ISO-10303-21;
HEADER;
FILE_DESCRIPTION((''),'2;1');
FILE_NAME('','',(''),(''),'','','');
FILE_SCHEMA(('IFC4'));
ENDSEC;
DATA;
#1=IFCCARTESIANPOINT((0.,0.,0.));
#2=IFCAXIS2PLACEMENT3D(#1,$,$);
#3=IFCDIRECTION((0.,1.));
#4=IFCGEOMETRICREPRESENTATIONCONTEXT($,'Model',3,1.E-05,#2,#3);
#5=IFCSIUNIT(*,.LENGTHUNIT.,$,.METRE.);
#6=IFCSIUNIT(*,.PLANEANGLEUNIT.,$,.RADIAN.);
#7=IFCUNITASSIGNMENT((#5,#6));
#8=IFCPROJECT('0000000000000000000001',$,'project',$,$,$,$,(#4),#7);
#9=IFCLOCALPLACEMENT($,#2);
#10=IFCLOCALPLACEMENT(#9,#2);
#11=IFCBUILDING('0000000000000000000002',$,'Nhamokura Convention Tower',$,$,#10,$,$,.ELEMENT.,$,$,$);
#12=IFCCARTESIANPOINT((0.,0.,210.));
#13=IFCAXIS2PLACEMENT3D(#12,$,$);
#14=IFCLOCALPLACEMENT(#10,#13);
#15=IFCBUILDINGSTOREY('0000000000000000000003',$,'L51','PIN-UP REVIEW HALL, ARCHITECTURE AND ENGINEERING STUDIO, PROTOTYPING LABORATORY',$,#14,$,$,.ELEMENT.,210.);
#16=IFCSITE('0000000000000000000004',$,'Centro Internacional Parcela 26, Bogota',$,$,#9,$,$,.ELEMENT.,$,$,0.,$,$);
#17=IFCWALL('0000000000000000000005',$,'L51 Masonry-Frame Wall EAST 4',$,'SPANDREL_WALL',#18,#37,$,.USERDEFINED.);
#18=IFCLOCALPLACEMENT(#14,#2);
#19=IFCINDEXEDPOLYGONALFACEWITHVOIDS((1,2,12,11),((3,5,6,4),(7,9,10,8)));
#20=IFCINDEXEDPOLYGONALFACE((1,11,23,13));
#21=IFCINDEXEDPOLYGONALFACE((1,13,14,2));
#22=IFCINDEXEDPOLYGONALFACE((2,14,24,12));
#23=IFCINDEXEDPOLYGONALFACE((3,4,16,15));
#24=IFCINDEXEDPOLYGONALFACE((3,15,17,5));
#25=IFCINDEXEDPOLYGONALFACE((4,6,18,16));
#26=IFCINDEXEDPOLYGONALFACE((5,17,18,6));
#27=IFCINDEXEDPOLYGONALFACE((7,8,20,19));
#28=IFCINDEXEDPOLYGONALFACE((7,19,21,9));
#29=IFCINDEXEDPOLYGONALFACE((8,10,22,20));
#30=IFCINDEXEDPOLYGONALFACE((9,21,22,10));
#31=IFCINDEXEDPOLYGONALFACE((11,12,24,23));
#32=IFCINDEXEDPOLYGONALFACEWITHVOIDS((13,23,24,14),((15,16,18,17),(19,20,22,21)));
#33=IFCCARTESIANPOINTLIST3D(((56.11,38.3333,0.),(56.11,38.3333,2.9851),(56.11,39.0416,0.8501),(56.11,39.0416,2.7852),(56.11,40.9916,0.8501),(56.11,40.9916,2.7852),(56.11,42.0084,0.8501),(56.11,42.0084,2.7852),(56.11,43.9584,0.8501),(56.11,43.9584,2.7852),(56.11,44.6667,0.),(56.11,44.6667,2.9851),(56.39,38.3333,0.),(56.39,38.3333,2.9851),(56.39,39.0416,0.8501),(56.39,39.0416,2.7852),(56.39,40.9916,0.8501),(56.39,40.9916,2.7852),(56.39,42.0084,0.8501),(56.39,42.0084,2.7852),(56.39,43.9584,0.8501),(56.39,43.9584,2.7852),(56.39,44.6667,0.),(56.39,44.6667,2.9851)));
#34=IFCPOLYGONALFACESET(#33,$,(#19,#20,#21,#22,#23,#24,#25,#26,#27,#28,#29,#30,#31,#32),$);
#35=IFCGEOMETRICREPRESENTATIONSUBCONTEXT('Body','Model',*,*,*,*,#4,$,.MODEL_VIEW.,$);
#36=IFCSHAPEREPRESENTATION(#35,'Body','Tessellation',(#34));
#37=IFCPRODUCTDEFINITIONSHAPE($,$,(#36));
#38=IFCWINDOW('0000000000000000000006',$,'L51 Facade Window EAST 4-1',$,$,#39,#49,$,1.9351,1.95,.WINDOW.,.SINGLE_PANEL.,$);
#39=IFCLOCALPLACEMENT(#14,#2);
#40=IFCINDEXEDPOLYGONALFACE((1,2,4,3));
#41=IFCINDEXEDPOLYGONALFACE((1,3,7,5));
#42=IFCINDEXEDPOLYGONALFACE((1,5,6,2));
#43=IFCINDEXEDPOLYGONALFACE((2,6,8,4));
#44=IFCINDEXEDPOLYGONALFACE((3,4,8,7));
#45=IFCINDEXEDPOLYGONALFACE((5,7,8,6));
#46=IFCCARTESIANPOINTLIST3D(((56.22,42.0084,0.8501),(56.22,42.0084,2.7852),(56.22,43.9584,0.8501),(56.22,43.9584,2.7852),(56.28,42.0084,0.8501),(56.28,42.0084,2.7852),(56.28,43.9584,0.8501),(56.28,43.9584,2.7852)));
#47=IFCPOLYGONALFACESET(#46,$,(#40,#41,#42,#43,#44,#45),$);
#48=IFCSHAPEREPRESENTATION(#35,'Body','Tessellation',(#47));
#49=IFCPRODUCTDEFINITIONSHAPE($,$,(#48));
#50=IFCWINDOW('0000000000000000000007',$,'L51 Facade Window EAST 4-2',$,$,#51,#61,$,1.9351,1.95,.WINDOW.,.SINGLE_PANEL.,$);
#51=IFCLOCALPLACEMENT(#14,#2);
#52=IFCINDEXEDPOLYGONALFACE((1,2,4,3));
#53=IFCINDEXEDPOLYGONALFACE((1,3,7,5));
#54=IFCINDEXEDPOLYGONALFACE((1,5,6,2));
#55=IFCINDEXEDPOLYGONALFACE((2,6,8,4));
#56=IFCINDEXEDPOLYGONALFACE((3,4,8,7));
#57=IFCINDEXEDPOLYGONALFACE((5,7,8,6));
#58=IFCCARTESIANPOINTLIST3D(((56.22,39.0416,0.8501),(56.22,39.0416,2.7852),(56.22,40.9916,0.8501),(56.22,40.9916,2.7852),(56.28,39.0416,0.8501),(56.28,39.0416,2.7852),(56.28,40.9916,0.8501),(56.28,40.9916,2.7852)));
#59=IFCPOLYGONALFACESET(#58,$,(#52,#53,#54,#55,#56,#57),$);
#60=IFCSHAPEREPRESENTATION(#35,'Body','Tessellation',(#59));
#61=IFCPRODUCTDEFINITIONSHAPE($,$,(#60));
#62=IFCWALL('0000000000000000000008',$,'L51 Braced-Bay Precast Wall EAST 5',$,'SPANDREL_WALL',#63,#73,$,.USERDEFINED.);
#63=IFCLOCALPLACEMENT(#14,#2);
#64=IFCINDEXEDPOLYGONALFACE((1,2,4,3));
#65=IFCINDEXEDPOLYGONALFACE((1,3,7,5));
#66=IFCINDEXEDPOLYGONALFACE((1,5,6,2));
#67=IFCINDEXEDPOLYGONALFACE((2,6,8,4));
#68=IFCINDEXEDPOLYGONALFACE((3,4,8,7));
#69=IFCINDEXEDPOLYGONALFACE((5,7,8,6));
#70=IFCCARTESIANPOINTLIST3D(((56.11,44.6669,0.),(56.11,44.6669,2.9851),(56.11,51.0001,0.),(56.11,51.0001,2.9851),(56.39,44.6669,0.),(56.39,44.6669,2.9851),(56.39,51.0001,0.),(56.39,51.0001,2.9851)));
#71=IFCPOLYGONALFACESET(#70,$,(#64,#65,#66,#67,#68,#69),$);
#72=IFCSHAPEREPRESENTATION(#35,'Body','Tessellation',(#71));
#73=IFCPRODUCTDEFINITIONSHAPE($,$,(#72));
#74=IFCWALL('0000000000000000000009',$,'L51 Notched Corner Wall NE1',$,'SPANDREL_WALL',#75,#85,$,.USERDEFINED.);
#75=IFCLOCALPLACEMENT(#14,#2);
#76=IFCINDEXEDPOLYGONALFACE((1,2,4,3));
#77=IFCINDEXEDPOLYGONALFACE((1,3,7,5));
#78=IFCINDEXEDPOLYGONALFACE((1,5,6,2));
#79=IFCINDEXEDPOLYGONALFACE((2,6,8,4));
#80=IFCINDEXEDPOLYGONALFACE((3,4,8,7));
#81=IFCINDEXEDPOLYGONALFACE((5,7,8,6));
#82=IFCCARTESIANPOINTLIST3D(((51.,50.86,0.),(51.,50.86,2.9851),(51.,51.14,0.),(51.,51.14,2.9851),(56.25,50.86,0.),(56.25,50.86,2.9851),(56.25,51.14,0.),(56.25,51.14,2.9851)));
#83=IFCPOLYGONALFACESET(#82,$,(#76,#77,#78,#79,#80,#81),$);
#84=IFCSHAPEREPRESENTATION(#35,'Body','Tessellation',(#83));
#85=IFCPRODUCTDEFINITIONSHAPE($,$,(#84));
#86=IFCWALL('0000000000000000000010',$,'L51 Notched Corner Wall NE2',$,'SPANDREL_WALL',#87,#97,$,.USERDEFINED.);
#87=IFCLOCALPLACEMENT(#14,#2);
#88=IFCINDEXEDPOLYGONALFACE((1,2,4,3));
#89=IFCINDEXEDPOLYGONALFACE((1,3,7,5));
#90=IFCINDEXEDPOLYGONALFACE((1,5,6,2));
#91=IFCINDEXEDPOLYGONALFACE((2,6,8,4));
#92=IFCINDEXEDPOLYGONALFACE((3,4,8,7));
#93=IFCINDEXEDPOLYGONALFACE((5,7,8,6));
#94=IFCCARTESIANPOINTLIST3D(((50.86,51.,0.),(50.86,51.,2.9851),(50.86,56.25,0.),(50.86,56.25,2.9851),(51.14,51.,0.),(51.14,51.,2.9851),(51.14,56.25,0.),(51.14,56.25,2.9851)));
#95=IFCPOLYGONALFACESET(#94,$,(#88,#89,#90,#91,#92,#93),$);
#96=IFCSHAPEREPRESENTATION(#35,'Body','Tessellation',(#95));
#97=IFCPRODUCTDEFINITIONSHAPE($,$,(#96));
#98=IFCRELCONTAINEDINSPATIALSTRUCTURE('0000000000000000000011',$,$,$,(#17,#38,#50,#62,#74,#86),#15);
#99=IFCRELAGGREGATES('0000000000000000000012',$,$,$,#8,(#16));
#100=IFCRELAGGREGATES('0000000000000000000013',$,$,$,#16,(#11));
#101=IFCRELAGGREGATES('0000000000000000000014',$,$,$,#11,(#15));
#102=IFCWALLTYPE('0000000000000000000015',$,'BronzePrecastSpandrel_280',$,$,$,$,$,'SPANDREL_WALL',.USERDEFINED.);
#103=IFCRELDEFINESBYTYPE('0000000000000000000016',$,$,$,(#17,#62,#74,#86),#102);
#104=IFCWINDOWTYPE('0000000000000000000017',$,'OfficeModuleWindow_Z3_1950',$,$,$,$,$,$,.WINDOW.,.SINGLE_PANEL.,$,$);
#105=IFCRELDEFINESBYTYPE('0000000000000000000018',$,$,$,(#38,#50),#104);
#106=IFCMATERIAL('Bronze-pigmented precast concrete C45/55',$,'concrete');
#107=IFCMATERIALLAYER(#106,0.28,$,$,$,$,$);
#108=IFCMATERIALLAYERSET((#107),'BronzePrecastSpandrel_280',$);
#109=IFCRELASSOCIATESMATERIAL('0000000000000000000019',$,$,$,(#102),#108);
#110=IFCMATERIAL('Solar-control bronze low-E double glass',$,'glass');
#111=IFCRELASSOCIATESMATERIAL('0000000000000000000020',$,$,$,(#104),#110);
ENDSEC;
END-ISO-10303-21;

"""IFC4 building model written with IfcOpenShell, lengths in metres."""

from ifc_helpers import new_model, si_unit, direction, frame, frame_2d, origin, place, context, subcontext, project, spatial, rectangle, extrude, material, layer, layer_set, type_object, element, fill, save


model = new_model("IFC4")

# Units and contexts
model_context = context("Model", 3, precision=1e-05, world=origin(), true_north=direction((0.0, 1.0)))
body_context = subcontext(model_context, "Body", "Model", "MODEL_VIEW")
ifc_project = project(units=[si_unit("LENGTHUNIT", "METRE"), si_unit("PLANEANGLEUNIT", "RADIAN")], contexts=[model_context])

# Site, building, storey
site_placement = place(None, origin())
site = spatial("IfcSite", under=ifc_project, at=site_placement, Name="Centro Internacional Parcela 26, Bogota", CompositionType="ELEMENT", RefElevation=0.0)
building_placement = place(site_placement, origin())
building = spatial("IfcBuilding", under=site, at=building_placement, Name="Nhamokura Convention Tower", CompositionType="ELEMENT")
storey_placement = place(building_placement, frame((0.0, 0.0, 210.0)))
storey = spatial("IfcBuildingStorey", under=building, at=storey_placement, Name="L51", Description="PIN-UP REVIEW HALL, ARCHITECTURE AND ENGINEERING STUDIO, PROTOTYPING LABORATORY", CompositionType="ELEMENT", Elevation=210.0)

# Shared definitions
ifc_material_1 = material(Name="Bronze-pigmented precast concrete C45/55", Category="concrete")
ifc_layer = layer(ifc_material_1, 0.28)
ifc_layer_set = layer_set([ifc_layer], Name="BronzePrecastSpandrel_280")
wall_type = type_object("IfcWallType", Name="BronzePrecastSpandrel_280", ElementType="SPANDREL_WALL", PredefinedType="USERDEFINED", material=ifc_layer_set)

# Wall, openings, windows
wall_1_placement = place(storey_placement, frame((56.25, 44.6667, 0.0), z_axis=(0.0, 0.0, 1.0), x_axis=(0.0, -1.0, 0.0)))
wall_1 = element("IfcWall", 1, at=wall_1_placement, inside=storey, type_object=wall_type, Name="L51 Masonry-Frame Wall EAST 4", ObjectType="SPANDREL_WALL", PredefinedType="USERDEFINED", context=body_context, shape_type="SweptSolid", body=[
    extrude(rectangle(XDim=6.3335, YDim=0.28, at=frame_2d((3.1667, 0.0))), origin(), (0.0, 0.0, 1.0), 2.9851),
])
opening_1_placement = place(wall_1_placement, frame((0.7083, 0.0, 0.8501)))
opening_1 = element("IfcOpeningElement", 2, at=opening_1_placement, cuts=wall_1, PredefinedType="OPENING", context=body_context, shape_type="SweptSolid", body=[
    extrude(rectangle(XDim=1.95, YDim=1.9351, at=frame_2d((0.9751, 0.9675))), frame((0.0, 0.1499, 0.0), z_axis=(0.0, -1.0, 0.0), x_axis=(1.0, 0.0, 0.0)), (0.0, 0.0, 1.0), 0.3),
])
opening_2_placement = place(wall_1_placement, frame((3.675, 0.0, 0.8501)))
opening_2 = element("IfcOpeningElement", 3, at=opening_2_placement, cuts=wall_1, PredefinedType="OPENING", context=body_context, shape_type="SweptSolid", body=[
    extrude(rectangle(XDim=1.95, YDim=1.9351, at=frame_2d((0.9751, 0.9675))), frame((0.0, 0.1499, 0.0), z_axis=(0.0, -1.0, 0.0), x_axis=(1.0, 0.0, 0.0)), (0.0, 0.0, 1.0), 0.3),
])
ifc_material_2 = material(Name="Solar-control bronze low-E double glass", Category="glass")
window_type_1 = type_object("IfcWindowType", Name="OfficeModuleWindow_Z3_1950", PartitioningType="SINGLE_PANEL", PredefinedType="WINDOW", material=ifc_material_2)
window_1_placement = place(opening_1_placement, origin())
window_1 = element("IfcWindow", 4, at=window_1_placement, inside=storey, type_object=window_type_1, Name="L51 Facade Window EAST 4-1", OverallHeight=1.9351, OverallWidth=1.95, PartitioningType="SINGLE_PANEL", PredefinedType="WINDOW", context=body_context, shape_type="SweptSolid", body=[
    extrude(rectangle(XDim=1.95, YDim=1.9351, at=frame_2d((0.9751, 0.9675))), frame((0.0, 0.03, 0.0), z_axis=(0.0, -1.0, 0.0), x_axis=(1.0, 0.0, 0.0)), (0.0, 0.0, 1.0), 0.0601),
])
fill(opening_1, window_1)
window_2_placement = place(opening_2_placement, origin())
window_2 = element("IfcWindow", 5, at=window_2_placement, inside=storey, type_object=window_type_1, Name="L51 Facade Window EAST 4-2", OverallHeight=1.9351, OverallWidth=1.95, PartitioningType="SINGLE_PANEL", PredefinedType="WINDOW", context=body_context, shape_type="SweptSolid", body=[
    extrude(rectangle(XDim=1.95, YDim=1.9351, at=frame_2d((0.9751, 0.9675))), frame((0.0, 0.03, 0.0), z_axis=(0.0, -1.0, 0.0), x_axis=(1.0, 0.0, 0.0)), (0.0, 0.0, 1.0), 0.0601),
])
fill(opening_2, window_2)

# Walls
wall_2_placement = place(storey_placement, frame((56.25, 51.0, 0.0), z_axis=(0.0, 0.0, 1.0), x_axis=(0.0, -1.0, 0.0)))
element("IfcWall", 6, at=wall_2_placement, inside=storey, type_object=wall_type, Name="L51 Braced-Bay Precast Wall EAST 5", ObjectType="SPANDREL_WALL", PredefinedType="USERDEFINED", context=body_context, shape_type="SweptSolid", body=[
    extrude(rectangle(XDim=6.3333, YDim=0.28, at=frame_2d((3.1665, 0.0))), origin(), (0.0, 0.0, 1.0), 2.9851),
])
for number, where, z_axis, x_axis, name in (
    (7, (51.0, 51.0, 0.0), (0.0, 0.0, 1.0), (1.0, 0.0, 0.0), "L51 Notched Corner Wall NE1"),
    (8, (51.0, 56.25, 0.0), (0.0, 0.0, 1.0), (0.0, -1.0, 0.0), "L51 Notched Corner Wall NE2"),
):
    element("IfcWall", number, at=place(storey_placement, frame(where, z_axis=z_axis, x_axis=x_axis)), inside=storey, type_object=wall_type, Name=name, ObjectType="SPANDREL_WALL", PredefinedType="USERDEFINED", context=body_context, shape_type="SweptSolid", body=[
        extrude(rectangle(XDim=5.25, YDim=0.28, at=frame_2d((2.625, 0.0))), origin(), (0.0, 0.0, 1.0), 2.9851),
    ])

save(model, "model.ifc")
